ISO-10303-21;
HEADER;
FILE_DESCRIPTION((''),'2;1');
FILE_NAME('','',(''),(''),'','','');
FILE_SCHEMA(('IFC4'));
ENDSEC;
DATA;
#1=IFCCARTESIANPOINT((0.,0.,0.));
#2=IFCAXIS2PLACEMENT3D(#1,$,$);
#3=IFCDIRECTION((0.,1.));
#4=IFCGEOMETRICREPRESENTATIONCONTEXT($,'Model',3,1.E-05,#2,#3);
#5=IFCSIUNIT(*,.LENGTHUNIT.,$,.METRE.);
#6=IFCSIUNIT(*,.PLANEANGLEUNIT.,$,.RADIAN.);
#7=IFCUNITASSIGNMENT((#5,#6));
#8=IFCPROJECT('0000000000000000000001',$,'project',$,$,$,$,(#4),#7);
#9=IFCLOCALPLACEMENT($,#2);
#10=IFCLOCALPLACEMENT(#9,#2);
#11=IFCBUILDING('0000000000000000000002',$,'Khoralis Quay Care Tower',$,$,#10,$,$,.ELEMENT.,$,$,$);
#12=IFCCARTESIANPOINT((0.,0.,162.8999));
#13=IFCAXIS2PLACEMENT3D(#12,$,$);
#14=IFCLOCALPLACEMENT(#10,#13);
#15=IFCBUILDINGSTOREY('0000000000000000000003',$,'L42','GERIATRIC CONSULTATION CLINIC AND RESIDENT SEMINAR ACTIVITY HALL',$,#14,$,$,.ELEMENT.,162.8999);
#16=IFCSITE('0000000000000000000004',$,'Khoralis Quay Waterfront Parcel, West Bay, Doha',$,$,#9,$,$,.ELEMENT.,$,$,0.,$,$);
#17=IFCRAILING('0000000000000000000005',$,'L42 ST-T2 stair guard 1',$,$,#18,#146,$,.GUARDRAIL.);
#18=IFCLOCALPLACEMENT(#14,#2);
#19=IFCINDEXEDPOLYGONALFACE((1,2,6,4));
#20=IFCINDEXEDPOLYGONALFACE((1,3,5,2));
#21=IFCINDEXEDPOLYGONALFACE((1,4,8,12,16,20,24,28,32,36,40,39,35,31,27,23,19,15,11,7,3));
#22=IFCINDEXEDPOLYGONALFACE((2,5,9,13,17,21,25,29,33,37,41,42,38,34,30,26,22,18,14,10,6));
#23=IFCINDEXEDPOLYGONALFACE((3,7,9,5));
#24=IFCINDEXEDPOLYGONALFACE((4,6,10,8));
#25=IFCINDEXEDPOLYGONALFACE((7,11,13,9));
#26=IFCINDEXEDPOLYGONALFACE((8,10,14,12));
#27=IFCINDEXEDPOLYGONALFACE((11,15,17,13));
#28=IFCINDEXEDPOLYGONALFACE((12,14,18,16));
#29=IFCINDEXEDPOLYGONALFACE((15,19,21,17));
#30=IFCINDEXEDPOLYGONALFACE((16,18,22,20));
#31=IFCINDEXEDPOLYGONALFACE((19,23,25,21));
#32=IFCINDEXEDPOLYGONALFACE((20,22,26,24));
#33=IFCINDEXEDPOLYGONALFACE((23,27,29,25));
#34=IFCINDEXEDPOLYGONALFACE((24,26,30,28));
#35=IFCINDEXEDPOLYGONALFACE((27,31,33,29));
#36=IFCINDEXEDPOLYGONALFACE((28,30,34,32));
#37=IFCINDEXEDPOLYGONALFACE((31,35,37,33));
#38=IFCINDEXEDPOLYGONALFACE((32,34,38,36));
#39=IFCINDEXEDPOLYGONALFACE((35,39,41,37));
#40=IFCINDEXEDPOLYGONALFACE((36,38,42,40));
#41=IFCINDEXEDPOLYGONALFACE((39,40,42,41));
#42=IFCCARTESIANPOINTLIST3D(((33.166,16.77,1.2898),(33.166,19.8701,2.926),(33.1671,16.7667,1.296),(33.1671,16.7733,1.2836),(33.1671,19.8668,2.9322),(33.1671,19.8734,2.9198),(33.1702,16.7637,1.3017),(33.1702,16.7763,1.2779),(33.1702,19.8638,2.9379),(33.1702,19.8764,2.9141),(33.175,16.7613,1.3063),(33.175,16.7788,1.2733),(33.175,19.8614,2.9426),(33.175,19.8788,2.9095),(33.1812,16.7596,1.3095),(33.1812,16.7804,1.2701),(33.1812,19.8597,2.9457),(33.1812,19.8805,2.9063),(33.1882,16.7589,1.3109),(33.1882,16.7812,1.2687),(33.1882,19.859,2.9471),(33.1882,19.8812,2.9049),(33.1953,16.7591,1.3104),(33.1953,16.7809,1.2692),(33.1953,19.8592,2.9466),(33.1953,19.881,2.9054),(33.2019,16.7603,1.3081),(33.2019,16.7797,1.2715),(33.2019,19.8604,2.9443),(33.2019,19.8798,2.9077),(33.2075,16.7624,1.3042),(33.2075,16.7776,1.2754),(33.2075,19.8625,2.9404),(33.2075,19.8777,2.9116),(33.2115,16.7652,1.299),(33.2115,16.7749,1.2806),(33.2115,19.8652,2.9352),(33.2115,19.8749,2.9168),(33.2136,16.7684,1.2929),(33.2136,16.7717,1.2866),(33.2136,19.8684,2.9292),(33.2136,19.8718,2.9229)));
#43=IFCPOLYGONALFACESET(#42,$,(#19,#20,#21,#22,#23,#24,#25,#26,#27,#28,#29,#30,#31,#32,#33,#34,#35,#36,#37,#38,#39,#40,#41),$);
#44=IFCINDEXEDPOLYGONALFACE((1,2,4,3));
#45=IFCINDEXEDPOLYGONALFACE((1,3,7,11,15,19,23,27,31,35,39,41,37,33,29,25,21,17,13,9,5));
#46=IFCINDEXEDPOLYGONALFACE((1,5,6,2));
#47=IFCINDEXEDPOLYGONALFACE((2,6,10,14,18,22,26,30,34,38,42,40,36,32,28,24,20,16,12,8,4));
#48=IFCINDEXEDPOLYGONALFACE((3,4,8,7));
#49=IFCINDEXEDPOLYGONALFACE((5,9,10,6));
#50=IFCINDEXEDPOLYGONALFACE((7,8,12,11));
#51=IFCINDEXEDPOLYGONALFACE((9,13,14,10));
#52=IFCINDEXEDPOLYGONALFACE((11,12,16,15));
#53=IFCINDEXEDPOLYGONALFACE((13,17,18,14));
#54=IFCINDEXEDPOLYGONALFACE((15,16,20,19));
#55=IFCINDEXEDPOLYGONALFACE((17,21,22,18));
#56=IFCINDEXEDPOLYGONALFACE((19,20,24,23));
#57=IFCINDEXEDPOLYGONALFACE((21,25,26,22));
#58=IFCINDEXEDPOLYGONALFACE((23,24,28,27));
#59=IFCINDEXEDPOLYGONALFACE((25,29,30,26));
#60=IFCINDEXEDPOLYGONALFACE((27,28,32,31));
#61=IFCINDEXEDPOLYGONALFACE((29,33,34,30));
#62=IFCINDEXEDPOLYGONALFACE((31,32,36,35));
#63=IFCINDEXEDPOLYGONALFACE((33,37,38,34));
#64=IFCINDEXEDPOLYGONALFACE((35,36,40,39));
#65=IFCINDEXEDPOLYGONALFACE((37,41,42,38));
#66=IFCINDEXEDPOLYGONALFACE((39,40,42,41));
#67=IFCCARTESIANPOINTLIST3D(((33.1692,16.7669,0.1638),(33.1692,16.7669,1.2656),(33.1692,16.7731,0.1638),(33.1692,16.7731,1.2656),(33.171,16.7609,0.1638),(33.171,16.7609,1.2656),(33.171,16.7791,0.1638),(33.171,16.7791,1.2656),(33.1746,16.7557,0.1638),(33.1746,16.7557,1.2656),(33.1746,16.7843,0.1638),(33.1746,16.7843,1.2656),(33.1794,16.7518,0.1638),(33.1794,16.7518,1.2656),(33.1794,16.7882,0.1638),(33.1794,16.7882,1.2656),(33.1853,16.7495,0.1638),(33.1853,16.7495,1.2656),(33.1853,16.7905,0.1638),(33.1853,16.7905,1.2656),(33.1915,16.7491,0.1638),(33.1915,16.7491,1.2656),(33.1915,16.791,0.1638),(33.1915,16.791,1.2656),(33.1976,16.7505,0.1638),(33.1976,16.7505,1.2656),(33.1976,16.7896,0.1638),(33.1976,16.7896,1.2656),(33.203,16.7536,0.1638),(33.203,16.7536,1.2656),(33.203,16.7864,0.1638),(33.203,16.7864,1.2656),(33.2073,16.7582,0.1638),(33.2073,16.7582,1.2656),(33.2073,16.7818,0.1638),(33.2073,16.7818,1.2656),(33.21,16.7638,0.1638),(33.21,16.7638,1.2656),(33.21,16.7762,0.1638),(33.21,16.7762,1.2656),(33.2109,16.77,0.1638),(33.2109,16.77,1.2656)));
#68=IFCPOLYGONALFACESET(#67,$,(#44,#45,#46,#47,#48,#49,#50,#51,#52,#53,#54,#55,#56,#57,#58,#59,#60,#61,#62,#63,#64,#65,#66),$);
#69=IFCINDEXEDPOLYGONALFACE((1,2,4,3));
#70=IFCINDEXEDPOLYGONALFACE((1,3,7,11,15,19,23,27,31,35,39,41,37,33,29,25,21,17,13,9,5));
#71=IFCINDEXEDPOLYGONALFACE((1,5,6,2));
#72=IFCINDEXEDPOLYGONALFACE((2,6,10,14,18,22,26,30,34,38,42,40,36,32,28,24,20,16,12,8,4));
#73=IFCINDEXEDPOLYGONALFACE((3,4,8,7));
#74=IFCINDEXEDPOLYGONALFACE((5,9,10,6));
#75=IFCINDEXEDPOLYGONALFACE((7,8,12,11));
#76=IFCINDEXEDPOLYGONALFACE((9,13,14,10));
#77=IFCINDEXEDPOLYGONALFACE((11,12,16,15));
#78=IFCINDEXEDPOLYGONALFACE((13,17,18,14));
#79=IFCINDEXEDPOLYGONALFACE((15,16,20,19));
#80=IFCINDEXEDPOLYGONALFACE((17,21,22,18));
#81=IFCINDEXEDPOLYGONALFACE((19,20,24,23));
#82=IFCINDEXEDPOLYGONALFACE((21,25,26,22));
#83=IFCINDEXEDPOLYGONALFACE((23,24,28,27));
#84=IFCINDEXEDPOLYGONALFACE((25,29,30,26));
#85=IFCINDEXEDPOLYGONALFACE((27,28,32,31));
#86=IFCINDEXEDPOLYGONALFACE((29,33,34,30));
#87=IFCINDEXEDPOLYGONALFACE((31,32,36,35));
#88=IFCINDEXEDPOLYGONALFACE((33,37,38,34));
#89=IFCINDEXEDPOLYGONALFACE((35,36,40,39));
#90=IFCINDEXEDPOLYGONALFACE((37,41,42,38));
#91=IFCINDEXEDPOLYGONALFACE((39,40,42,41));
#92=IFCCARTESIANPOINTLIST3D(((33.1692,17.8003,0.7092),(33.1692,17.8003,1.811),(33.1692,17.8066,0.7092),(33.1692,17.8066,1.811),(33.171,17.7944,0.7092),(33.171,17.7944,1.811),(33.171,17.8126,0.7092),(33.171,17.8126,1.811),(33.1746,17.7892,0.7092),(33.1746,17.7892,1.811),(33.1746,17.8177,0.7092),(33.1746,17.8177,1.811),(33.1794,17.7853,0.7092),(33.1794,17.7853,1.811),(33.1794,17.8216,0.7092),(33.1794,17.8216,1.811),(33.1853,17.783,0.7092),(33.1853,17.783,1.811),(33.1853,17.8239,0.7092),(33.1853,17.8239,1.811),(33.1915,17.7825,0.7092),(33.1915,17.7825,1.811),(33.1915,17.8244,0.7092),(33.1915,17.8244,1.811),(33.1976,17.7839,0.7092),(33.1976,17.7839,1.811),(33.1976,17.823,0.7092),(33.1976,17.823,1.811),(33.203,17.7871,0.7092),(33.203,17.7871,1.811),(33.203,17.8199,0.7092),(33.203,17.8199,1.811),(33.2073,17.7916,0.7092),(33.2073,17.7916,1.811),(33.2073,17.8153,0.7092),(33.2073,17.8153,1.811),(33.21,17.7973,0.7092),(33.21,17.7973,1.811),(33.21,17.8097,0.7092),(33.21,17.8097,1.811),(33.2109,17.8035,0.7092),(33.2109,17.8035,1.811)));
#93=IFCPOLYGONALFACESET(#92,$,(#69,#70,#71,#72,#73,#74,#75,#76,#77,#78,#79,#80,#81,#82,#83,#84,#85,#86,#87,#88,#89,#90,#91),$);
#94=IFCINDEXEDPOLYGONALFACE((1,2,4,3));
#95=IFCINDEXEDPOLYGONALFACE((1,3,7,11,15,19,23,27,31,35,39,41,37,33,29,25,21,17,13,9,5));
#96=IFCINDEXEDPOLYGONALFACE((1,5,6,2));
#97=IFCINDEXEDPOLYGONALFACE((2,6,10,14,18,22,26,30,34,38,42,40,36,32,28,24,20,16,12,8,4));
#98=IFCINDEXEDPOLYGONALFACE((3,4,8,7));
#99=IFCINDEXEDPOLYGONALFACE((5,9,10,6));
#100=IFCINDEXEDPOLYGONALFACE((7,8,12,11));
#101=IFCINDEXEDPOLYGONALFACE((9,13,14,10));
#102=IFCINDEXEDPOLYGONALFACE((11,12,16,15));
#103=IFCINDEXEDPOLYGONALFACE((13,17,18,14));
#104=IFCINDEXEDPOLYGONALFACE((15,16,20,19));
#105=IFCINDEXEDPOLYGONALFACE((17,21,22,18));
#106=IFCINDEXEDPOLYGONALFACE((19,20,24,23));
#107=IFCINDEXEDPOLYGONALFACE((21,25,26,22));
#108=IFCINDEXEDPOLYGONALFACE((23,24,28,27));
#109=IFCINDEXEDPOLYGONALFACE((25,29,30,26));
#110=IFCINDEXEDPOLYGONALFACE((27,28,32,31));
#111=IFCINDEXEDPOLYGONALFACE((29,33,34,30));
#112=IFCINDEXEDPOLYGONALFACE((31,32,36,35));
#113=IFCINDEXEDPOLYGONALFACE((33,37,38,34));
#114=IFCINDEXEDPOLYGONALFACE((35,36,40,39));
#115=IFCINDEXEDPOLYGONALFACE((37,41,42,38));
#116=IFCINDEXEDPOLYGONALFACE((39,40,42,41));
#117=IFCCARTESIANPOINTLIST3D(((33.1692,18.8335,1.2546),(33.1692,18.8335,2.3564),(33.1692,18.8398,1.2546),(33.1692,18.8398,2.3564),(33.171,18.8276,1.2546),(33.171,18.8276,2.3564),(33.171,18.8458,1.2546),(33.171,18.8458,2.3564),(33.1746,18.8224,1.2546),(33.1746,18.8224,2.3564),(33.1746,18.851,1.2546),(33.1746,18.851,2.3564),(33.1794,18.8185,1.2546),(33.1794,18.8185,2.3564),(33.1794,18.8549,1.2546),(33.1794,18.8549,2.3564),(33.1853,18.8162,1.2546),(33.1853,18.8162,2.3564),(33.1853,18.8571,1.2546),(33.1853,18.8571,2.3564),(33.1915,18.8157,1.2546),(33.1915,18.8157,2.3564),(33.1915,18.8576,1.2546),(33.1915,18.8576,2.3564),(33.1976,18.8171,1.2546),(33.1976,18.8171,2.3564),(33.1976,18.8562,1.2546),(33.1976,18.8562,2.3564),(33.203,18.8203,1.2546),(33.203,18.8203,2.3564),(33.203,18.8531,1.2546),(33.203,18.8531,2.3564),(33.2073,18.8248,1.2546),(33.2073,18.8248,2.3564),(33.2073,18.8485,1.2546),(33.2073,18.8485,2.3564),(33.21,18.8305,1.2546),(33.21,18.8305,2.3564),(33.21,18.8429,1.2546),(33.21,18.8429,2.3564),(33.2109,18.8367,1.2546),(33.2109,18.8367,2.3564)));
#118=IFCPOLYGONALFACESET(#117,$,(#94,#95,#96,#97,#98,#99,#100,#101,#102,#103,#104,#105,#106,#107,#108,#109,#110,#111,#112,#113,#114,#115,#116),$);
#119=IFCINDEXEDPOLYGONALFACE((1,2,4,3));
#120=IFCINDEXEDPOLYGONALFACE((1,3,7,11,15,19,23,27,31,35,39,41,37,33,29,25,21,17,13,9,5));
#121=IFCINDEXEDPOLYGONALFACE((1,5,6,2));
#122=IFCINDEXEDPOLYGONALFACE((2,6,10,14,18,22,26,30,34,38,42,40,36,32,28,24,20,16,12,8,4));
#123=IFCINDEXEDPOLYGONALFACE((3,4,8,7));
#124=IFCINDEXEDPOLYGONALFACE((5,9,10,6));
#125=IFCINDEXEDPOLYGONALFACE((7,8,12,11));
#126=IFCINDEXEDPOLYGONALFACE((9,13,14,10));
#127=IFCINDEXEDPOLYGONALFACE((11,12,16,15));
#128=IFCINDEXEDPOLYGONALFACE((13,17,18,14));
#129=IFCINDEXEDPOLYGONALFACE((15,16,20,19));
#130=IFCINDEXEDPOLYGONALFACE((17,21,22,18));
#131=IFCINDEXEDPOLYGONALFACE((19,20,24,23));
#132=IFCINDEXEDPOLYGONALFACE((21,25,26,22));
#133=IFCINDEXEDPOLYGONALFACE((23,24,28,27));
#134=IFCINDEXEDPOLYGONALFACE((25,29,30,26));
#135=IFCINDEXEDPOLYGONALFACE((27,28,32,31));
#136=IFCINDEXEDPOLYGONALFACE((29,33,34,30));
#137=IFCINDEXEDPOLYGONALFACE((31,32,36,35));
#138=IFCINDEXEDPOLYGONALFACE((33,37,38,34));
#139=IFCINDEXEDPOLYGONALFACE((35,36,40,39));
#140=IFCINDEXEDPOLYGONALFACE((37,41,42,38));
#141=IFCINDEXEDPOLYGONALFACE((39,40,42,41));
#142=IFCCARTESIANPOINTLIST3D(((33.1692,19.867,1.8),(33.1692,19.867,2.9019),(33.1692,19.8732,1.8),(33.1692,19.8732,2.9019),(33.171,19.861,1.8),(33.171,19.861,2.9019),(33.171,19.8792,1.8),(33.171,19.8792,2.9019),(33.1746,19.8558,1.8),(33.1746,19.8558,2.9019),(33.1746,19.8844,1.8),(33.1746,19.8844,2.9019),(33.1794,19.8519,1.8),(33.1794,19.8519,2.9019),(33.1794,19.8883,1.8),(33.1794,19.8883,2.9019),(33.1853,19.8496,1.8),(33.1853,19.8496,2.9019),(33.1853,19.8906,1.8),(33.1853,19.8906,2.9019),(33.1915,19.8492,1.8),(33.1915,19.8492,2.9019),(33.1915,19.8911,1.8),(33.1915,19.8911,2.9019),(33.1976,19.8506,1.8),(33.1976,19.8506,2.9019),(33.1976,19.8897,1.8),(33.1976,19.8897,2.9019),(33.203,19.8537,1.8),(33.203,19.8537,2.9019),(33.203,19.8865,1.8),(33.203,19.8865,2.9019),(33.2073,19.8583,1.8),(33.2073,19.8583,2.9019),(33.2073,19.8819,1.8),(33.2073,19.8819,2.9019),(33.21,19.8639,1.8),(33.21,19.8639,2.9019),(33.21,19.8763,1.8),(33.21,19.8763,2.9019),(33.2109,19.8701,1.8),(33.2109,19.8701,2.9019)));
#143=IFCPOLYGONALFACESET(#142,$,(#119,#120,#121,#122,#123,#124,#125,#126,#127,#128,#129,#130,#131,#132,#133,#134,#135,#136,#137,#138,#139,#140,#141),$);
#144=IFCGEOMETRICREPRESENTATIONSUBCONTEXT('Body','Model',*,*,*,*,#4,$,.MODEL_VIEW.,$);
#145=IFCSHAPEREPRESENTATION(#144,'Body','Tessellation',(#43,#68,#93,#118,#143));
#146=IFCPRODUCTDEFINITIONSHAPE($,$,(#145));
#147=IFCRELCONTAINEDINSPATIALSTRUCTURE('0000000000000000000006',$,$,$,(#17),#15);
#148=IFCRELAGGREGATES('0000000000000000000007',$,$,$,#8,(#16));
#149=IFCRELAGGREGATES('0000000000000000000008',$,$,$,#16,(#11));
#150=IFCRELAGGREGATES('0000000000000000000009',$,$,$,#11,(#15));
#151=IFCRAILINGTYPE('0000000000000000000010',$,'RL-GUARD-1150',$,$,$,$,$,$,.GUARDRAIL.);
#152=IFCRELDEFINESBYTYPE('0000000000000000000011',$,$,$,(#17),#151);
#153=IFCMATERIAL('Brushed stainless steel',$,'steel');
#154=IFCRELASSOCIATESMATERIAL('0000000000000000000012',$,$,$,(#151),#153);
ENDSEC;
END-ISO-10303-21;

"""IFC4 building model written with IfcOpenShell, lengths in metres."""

from ifc_helpers import new_model, si_unit, direction, frame, origin, origin_2d, place, context, subcontext, project, spatial, circle, extrude, material, type_object, element, save


model = new_model("IFC4")

# Units and contexts
model_context = context("Model", 3, precision=1e-05, world=origin(), true_north=direction((0.0, 1.0)))
body_context = subcontext(model_context, "Body", "Model", "MODEL_VIEW")
ifc_project = project(units=[si_unit("LENGTHUNIT", "METRE"), si_unit("PLANEANGLEUNIT", "RADIAN")], contexts=[model_context])

# Site, building, storey
site_placement = place(None, origin())
site = spatial("IfcSite", under=ifc_project, at=site_placement, Name="Khoralis Quay Waterfront Parcel, West Bay, Doha", CompositionType="ELEMENT", RefElevation=0.0)
building_placement = place(site_placement, origin())
building = spatial("IfcBuilding", under=site, at=building_placement, Name="Khoralis Quay Care Tower", CompositionType="ELEMENT")
storey_placement = place(building_placement, frame((0.0, 0.0, 162.8999)))
storey = spatial("IfcBuildingStorey", under=building, at=storey_placement, Name="L42", Description="GERIATRIC CONSULTATION CLINIC AND RESIDENT SEMINAR ACTIVITY HALL", CompositionType="ELEMENT", Elevation=162.8999)

# Railing
ifc_material_1 = material(Name="Brushed stainless steel", Category="steel")
railing_type_1 = type_object("IfcRailingType", Name="RL-GUARD-1150", PredefinedType="GUARDRAIL", material=ifc_material_1)
railing_1_placement = place(storey_placement, frame((33.1899, 16.77, 0.1638)))
element("IfcRailing", 1, at=railing_1_placement, inside=storey, type_object=railing_type_1, Name="L42 ST-T2 stair guard 1", PredefinedType="GUARDRAIL", context=body_context, shape_type="SweptSolid", body=[
    extrude(circle(Radius=0.0239, at=origin_2d()), frame((0.0, 0.0, 1.126), z_axis=(0.0, 0.884377, 0.466774), x_axis=(-1.0, 0.0, 0.0)), (0.0, 0.0, 1.0), 3.5054),
    extrude(circle(Radius=0.021, at=origin_2d()), origin(), (0.0, 0.0, 1.0), 1.1018),
    extrude(circle(Radius=0.021, at=origin_2d()), frame((0.0, 1.0334, 0.5454)), (0.0, 0.0, 1.0), 1.1018),
    extrude(circle(Radius=0.021, at=origin_2d()), frame((0.0, 2.0667, 1.0908)), (0.0, 0.0, 1.0), 1.1018),
    extrude(circle(Radius=0.021, at=origin_2d()), frame((0.0, 3.1001, 1.6362)), (0.0, 0.0, 1.0), 1.1018),
])

save(model, "model.ifc")
